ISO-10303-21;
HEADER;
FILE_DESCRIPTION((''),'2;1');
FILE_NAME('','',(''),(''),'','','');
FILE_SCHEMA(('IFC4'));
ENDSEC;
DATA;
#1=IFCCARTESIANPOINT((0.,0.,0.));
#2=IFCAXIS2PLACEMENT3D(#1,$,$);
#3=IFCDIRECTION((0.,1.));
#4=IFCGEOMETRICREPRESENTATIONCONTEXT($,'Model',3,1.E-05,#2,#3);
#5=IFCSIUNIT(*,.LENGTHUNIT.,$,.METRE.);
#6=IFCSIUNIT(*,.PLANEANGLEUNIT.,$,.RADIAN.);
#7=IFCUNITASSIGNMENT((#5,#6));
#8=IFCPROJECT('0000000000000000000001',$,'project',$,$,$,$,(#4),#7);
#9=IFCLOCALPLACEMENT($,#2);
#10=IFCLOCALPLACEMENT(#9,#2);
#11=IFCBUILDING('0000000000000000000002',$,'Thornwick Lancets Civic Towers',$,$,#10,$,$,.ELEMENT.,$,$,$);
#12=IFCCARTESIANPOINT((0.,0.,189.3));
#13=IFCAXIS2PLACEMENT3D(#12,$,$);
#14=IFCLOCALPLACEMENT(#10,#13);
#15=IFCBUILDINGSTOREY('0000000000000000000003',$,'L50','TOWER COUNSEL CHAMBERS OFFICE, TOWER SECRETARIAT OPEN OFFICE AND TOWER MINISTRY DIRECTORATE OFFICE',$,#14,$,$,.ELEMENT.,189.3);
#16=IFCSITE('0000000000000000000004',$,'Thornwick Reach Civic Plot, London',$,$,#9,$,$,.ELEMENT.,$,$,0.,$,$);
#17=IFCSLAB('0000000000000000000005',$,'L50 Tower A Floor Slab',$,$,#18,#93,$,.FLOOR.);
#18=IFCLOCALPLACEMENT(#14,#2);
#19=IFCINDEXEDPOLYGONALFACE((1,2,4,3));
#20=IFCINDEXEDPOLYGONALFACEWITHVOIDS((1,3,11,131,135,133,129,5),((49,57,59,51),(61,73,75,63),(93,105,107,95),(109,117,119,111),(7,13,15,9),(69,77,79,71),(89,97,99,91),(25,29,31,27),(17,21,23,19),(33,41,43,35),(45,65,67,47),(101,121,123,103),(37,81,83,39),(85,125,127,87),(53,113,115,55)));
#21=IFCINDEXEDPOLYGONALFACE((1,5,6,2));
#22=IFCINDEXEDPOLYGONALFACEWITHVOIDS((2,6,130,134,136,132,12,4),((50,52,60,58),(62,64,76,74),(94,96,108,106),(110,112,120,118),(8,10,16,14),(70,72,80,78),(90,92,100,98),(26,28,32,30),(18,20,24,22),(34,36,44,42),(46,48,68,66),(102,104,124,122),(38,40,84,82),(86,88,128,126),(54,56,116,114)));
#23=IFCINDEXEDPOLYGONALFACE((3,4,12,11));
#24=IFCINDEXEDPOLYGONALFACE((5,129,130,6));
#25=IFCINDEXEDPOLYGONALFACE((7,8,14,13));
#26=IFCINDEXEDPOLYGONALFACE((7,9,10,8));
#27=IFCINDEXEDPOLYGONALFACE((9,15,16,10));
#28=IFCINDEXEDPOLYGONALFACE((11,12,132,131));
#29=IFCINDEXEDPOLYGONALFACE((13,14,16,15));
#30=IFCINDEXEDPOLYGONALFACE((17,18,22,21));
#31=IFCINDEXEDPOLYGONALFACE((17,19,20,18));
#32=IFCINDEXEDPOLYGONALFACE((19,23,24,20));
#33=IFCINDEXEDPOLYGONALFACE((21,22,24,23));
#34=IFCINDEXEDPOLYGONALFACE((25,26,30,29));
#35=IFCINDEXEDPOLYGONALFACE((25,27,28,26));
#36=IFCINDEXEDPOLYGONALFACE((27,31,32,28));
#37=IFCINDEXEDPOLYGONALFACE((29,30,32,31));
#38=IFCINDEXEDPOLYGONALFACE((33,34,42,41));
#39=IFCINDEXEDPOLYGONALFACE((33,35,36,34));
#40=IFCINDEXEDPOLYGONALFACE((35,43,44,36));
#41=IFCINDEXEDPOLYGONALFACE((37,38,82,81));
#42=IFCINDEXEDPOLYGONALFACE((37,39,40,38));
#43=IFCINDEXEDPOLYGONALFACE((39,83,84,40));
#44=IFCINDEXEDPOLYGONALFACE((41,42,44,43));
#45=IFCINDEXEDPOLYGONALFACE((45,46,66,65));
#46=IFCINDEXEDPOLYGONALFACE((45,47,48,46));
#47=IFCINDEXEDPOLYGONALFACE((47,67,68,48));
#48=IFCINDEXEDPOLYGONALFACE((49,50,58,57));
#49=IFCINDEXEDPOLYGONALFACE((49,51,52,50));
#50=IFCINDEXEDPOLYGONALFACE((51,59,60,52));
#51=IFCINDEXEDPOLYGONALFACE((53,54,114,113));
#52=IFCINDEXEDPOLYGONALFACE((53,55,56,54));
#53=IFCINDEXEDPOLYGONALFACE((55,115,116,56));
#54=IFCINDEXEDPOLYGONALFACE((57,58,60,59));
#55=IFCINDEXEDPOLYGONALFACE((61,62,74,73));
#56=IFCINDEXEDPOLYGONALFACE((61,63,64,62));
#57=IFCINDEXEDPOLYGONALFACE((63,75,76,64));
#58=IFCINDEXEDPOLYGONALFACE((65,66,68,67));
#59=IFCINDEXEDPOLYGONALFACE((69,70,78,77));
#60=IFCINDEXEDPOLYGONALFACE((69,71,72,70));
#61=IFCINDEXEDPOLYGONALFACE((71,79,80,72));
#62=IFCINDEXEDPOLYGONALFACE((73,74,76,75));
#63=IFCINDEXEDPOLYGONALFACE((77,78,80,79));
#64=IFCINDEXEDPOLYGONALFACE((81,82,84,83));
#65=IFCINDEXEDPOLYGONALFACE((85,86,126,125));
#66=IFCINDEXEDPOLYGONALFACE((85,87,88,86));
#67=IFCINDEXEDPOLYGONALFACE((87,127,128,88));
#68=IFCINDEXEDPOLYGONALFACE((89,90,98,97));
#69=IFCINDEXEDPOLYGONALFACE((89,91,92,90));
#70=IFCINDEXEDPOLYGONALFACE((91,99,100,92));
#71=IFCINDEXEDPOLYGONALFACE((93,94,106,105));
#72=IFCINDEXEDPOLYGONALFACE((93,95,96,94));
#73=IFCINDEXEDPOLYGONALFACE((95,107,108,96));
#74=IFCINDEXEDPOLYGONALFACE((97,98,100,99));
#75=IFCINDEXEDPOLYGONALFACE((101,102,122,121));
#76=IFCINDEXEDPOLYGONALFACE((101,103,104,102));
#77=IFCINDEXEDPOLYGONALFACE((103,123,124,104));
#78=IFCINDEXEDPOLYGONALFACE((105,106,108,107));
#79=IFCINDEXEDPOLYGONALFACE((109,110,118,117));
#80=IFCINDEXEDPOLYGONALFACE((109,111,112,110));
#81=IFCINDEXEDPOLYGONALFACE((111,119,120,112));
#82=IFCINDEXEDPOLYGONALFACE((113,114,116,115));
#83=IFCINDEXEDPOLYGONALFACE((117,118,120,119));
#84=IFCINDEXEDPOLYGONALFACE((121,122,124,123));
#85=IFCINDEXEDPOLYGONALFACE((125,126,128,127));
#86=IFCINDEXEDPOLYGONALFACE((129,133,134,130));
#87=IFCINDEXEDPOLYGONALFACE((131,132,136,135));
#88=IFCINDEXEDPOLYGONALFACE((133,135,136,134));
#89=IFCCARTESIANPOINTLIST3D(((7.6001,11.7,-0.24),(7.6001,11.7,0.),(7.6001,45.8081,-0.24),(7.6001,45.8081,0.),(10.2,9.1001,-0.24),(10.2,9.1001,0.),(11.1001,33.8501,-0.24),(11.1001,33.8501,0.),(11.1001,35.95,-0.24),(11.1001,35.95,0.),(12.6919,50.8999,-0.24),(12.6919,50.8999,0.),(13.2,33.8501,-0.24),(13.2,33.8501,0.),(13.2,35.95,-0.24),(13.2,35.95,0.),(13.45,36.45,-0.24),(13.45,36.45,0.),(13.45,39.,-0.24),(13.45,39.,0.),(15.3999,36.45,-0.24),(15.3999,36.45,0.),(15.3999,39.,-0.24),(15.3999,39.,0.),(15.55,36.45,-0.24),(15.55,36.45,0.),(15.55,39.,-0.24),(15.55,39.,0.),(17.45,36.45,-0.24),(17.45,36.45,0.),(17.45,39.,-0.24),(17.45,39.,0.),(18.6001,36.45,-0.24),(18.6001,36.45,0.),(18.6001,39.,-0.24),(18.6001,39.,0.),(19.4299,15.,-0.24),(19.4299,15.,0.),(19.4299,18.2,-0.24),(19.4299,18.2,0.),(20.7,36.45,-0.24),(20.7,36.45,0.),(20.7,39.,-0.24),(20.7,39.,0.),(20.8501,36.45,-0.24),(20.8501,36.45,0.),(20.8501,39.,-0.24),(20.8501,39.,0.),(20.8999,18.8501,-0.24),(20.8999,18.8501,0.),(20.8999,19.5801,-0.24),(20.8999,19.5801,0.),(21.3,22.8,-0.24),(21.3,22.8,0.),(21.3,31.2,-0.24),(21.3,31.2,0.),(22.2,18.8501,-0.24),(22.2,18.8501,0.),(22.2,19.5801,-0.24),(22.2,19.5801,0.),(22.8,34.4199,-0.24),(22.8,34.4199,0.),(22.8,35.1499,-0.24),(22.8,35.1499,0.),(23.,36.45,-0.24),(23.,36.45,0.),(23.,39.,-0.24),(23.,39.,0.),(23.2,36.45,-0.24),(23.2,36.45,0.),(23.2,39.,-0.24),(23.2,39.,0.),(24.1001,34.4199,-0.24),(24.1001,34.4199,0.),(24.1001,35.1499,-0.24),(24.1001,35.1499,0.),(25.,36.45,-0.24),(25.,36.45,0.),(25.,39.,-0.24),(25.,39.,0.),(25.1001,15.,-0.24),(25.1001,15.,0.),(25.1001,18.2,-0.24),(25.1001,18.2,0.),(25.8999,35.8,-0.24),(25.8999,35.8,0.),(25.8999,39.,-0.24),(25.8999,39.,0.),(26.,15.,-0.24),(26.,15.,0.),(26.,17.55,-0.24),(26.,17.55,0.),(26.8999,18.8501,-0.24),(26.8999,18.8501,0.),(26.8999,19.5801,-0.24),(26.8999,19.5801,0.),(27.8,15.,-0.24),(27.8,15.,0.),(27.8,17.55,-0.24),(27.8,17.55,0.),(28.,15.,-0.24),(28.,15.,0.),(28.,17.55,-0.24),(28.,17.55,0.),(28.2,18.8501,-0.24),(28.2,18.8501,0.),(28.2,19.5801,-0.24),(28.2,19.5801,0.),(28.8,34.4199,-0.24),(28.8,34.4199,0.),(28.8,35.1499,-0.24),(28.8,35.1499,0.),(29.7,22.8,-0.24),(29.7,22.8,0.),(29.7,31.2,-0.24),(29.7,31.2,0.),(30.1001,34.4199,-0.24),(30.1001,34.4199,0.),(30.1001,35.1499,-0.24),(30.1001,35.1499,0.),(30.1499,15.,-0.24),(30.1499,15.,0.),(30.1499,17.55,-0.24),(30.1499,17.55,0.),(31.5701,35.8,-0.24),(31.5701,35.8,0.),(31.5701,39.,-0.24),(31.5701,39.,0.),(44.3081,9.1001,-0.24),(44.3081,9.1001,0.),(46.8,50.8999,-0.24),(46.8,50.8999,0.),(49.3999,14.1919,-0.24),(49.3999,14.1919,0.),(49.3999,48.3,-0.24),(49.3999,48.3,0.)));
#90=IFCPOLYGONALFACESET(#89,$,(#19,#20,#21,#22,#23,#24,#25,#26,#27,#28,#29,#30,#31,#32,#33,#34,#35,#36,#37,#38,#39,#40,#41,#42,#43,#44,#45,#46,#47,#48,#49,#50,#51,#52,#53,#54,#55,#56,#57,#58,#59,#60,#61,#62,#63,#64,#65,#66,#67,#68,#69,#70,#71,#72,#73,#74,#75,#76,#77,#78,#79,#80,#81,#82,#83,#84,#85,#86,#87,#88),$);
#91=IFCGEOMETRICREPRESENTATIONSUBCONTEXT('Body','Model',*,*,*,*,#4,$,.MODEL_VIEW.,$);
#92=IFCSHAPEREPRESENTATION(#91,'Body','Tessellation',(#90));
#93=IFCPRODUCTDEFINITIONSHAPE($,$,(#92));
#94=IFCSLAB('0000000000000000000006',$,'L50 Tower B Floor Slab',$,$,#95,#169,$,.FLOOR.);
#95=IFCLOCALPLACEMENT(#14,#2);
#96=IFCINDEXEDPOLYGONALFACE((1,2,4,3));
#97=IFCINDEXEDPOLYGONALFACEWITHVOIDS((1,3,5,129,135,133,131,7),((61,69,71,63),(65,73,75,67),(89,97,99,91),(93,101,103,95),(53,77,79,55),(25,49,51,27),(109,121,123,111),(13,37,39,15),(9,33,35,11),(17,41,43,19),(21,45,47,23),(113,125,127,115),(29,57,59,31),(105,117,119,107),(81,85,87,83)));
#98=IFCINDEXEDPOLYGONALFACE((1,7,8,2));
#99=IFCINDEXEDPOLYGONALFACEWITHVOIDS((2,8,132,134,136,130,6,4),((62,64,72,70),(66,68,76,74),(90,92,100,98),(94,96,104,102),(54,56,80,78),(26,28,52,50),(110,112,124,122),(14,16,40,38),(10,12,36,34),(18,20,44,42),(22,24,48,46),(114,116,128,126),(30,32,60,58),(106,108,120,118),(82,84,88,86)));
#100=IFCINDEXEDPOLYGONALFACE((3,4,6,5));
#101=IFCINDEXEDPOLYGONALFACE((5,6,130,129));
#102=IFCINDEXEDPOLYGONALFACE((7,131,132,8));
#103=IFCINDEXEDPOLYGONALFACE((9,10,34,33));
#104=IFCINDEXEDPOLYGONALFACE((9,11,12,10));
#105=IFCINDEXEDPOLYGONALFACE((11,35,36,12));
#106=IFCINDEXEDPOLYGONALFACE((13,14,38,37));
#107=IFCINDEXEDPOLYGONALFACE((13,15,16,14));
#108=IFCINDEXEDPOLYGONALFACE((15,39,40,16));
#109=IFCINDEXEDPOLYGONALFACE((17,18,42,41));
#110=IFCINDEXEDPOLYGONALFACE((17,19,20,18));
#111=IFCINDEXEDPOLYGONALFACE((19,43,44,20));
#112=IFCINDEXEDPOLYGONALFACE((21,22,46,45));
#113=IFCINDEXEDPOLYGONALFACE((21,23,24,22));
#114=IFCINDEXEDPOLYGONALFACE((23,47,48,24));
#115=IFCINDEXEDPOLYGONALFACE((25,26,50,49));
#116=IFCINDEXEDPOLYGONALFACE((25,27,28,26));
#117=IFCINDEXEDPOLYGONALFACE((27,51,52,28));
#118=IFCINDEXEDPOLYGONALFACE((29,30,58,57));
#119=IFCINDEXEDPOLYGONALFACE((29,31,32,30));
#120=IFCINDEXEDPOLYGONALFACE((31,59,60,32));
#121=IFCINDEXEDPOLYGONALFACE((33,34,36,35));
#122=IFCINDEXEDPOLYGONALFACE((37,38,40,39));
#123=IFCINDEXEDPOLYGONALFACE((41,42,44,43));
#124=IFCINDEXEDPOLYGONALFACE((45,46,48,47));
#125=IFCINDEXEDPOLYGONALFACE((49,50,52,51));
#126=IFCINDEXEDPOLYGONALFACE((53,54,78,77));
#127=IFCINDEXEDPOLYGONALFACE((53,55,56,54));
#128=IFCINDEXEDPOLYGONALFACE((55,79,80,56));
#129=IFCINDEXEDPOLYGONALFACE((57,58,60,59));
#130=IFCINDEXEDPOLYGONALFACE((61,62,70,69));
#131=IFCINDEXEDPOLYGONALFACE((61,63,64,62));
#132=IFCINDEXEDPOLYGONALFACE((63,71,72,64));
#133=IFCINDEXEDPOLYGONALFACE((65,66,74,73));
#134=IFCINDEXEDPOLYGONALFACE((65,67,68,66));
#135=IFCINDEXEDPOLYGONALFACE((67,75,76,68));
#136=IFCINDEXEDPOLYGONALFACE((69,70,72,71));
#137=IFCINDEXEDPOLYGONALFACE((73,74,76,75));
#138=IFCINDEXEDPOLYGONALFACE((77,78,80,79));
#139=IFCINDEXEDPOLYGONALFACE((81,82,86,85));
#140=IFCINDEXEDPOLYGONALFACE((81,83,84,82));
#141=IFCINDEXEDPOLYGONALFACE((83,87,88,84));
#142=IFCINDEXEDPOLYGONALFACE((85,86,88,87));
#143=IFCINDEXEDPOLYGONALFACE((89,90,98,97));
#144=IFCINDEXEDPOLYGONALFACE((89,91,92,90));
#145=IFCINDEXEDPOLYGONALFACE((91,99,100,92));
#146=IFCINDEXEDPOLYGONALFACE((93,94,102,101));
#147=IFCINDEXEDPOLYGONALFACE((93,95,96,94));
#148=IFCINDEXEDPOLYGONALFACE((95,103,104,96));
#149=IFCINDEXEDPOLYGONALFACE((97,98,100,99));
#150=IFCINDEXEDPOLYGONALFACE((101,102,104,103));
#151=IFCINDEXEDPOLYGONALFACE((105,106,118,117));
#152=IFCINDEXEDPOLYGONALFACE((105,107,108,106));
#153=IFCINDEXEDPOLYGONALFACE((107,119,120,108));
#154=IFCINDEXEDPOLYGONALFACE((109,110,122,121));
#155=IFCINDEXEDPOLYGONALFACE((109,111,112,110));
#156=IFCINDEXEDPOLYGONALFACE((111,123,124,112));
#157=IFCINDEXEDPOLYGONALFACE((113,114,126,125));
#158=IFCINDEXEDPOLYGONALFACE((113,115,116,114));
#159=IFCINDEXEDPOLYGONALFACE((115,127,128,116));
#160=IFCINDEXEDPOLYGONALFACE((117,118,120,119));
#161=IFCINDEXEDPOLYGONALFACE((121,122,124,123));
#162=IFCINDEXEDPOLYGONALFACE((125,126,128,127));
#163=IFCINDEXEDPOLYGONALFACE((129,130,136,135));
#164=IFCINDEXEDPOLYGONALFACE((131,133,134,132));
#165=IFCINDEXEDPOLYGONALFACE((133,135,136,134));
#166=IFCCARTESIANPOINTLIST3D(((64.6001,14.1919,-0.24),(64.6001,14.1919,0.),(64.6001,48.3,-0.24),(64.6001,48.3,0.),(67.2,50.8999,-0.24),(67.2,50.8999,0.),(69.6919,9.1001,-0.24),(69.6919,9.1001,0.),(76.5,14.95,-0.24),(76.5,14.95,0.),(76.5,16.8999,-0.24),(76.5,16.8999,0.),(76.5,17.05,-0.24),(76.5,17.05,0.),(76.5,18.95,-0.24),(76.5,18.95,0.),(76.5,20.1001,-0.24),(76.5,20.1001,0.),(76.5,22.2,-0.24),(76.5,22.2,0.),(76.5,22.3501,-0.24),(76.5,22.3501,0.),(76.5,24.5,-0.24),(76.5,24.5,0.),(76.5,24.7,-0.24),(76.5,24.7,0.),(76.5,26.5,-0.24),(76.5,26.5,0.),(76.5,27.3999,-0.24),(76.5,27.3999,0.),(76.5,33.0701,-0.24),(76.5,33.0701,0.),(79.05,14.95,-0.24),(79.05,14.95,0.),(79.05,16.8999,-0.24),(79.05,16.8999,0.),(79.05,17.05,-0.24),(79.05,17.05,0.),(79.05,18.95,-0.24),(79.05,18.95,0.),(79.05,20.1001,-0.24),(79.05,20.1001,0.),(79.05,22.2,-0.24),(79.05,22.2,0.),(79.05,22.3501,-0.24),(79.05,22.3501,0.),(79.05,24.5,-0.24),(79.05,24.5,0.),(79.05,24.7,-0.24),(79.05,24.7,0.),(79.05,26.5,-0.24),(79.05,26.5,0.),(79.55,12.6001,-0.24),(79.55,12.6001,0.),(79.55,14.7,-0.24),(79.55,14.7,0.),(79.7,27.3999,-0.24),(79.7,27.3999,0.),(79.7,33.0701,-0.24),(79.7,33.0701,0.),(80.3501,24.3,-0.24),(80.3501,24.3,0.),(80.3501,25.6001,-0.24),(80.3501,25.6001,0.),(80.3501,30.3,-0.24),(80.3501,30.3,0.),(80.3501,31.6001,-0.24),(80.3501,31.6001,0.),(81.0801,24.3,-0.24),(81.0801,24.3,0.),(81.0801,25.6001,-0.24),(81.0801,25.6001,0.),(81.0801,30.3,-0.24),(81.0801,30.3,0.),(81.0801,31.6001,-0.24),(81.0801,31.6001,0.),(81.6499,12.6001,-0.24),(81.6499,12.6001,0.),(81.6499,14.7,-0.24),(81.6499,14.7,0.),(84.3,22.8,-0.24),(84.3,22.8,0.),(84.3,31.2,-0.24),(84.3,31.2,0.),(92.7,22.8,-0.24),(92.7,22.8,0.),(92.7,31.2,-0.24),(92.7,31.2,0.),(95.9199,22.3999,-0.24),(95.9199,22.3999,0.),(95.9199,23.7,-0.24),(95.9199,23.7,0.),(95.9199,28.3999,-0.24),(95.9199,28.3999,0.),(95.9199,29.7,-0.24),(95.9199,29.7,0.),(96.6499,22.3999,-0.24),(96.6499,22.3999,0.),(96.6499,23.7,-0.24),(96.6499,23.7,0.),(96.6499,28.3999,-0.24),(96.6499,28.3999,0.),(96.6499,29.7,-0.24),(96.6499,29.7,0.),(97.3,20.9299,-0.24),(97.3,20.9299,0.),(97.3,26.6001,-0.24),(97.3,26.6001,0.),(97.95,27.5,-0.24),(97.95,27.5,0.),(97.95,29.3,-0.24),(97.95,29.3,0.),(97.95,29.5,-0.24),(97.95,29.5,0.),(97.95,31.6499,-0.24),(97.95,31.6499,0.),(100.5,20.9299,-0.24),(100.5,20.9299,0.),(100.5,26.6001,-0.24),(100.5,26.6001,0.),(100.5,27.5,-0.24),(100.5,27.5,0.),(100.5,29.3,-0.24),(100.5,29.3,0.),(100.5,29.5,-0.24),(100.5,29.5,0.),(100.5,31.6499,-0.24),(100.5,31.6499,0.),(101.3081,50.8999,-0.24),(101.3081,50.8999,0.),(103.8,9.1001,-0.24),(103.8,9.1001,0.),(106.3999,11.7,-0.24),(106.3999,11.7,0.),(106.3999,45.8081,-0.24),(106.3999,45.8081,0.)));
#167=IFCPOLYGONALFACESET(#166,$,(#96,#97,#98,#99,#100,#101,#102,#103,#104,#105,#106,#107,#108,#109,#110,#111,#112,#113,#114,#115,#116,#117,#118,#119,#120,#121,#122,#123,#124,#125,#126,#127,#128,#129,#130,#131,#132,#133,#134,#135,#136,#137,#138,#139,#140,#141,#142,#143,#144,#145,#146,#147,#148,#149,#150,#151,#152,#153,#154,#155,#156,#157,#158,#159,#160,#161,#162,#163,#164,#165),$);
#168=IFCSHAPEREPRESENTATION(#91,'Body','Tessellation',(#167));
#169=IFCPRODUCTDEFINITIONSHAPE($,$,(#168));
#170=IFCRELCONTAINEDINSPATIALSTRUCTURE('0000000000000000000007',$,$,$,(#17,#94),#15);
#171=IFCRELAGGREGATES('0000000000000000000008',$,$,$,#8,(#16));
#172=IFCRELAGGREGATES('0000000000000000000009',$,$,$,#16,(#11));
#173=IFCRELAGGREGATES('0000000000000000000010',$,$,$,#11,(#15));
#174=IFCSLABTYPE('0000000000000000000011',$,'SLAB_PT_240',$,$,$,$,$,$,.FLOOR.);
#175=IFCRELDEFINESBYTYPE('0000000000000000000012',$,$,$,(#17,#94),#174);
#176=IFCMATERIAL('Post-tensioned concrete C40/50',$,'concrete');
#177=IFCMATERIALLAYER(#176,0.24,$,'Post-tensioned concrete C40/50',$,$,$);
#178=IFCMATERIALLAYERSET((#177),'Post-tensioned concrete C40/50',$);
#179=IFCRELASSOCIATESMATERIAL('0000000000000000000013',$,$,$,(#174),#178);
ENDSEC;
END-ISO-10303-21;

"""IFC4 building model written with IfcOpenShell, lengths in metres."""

from ifc_helpers import new_model, si_unit, direction, frame, origin, place, context, subcontext, project, spatial, polyline, outline, extrude, material, layer, layer_set, type_object, element, save


model = new_model("IFC4")

# Units and contexts
model_context = context("Model", 3, precision=1e-05, world=origin(), true_north=direction((0.0, 1.0)))
body_context = subcontext(model_context, "Body", "Model", "MODEL_VIEW")
ifc_project = project(units=[si_unit("LENGTHUNIT", "METRE"), si_unit("PLANEANGLEUNIT", "RADIAN")], contexts=[model_context])

# Site, building, storey
site_placement = place(None, origin())
site = spatial("IfcSite", under=ifc_project, at=site_placement, Name="Thornwick Reach Civic Plot, London", CompositionType="ELEMENT", RefElevation=0.0)
building_placement = place(site_placement, origin())
building = spatial("IfcBuilding", under=site, at=building_placement, Name="Thornwick Lancets Civic Towers", CompositionType="ELEMENT")
storey_placement = place(building_placement, frame((0.0, 0.0, 189.3)))
storey = spatial("IfcBuildingStorey", under=building, at=storey_placement, Name="L50", Description="TOWER COUNSEL CHAMBERS OFFICE, TOWER SECRETARIAT OPEN OFFICE AND TOWER MINISTRY DIRECTORATE OFFICE", CompositionType="ELEMENT", Elevation=189.3)

# Shared definitions
ifc_material_1 = material(Name="Post-tensioned concrete C40/50", Category="concrete")

# Slabs
ifc_layer_1 = layer(ifc_material_1, 0.24, Name="Post-tensioned concrete C40/50")
ifc_layer_set_1 = layer_set([ifc_layer_1], Name="Post-tensioned concrete C40/50")
slab_type_1 = type_object("IfcSlabType", Name="SLAB_PT_240", PredefinedType="FLOOR", material=ifc_layer_set_1)
slab_1_placement = place(storey_placement, frame((0.0, 0.0, -0.24)))
element("IfcSlab", 1, at=slab_1_placement, inside=storey, type_object=slab_type_1, Name="L50 Tower A Floor Slab", PredefinedType="FLOOR", context=body_context, shape_type="SweptSolid", body=[
    extrude(outline(polyline([(10.2, 9.1001), (44.3081, 9.1001), (49.3999, 14.1919), (49.3999, 48.3), (46.8, 50.8999), (12.6919, 50.8999), (7.6001, 45.8081), (7.6001, 11.7), (10.2, 9.1001)]), holes=[polyline([(21.3, 22.8), (29.7, 22.8), (29.7, 31.2), (21.3, 31.2), (21.3, 22.8)]), polyline([(19.4299, 15.0), (25.1001, 15.0), (25.1001, 18.2), (19.4299, 18.2), (19.4299, 15.0)]), polyline([(31.5701, 39.0), (25.8999, 39.0), (25.8999, 35.8), (31.5701, 35.8), (31.5701, 39.0)]), polyline([(26.0, 15.0), (27.8, 15.0), (27.8, 17.55), (26.0, 17.55), (26.0, 15.0)]), polyline([(28.0, 15.0), (30.1499, 15.0), (30.1499, 17.55), (28.0, 17.55), (28.0, 15.0)]), polyline([(23.2, 36.45), (25.0, 36.45), (25.0, 39.0), (23.2, 39.0), (23.2, 36.45)]), polyline([(20.8501, 36.45), (23.0, 36.45), (23.0, 39.0), (20.8501, 39.0), (20.8501, 36.45)]), polyline([(18.6001, 36.45), (20.7, 36.45), (20.7, 39.0), (18.6001, 39.0), (18.6001, 36.45)]), polyline([(15.55, 36.45), (17.45, 36.45), (17.45, 39.0), (15.55, 39.0), (15.55, 36.45)]), polyline([(13.45, 36.45), (15.3999, 36.45), (15.3999, 39.0), (13.45, 39.0), (13.45, 36.45)]), polyline([(11.1001, 33.8501), (13.2, 33.8501), (13.2, 35.95), (11.1001, 35.95), (11.1001, 33.8501)]), polyline([(26.8999, 18.8501), (28.2, 18.8501), (28.2, 19.5801), (26.8999, 19.5801), (26.8999, 18.8501)]), polyline([(20.8999, 18.8501), (22.2, 18.8501), (22.2, 19.5801), (20.8999, 19.5801), (20.8999, 18.8501)]), polyline([(22.8, 34.4199), (24.1001, 34.4199), (24.1001, 35.1499), (22.8, 35.1499), (22.8, 34.4199)]), polyline([(28.8, 34.4199), (30.1001, 34.4199), (30.1001, 35.1499), (28.8, 35.1499), (28.8, 34.4199)])]), origin(), (0.0, 0.0, 1.0), 0.24),
])
slab_2_placement = place(storey_placement, frame((0.0, 0.0, -0.24)))
element("IfcSlab", 2, at=slab_2_placement, inside=storey, type_object=slab_type_1, Name="L50 Tower B Floor Slab", PredefinedType="FLOOR", context=body_context, shape_type="SweptSolid", body=[
    extrude(outline(polyline([(69.6919, 9.1001), (103.8, 9.1001), (106.3999, 11.7), (106.3999, 45.8081), (101.3081, 50.8999), (67.2, 50.8999), (64.6001, 48.3), (64.6001, 14.1919), (69.6919, 9.1001)]), holes=[polyline([(84.3, 22.8), (92.7, 22.8), (92.7, 31.2), (84.3, 31.2), (84.3, 22.8)]), polyline([(100.5, 20.9299), (100.5, 26.6001), (97.3, 26.6001), (97.3, 20.9299), (100.5, 20.9299)]), polyline([(76.5, 33.0701), (76.5, 27.3999), (79.7, 27.3999), (79.7, 33.0701), (76.5, 33.0701)]), polyline([(97.95, 27.5), (100.5, 27.5), (100.5, 29.3), (97.95, 29.3), (97.95, 27.5)]), polyline([(97.95, 29.5), (100.5, 29.5), (100.5, 31.6499), (97.95, 31.6499), (97.95, 29.5)]), polyline([(76.5, 24.7), (79.05, 24.7), (79.05, 26.5), (76.5, 26.5), (76.5, 24.7)]), polyline([(76.5, 22.3501), (79.05, 22.3501), (79.05, 24.5), (76.5, 24.5), (76.5, 22.3501)]), polyline([(76.5, 20.1001), (79.05, 20.1001), (79.05, 22.2), (76.5, 22.2), (76.5, 20.1001)]), polyline([(76.5, 17.05), (79.05, 17.05), (79.05, 18.95), (76.5, 18.95), (76.5, 17.05)]), polyline([(76.5, 14.95), (79.05, 14.95), (79.05, 16.8999), (76.5, 16.8999), (76.5, 14.95)]), polyline([(79.55, 12.6001), (81.6499, 12.6001), (81.6499, 14.7), (79.55, 14.7), (79.55, 12.6001)]), polyline([(95.9199, 28.3999), (96.6499, 28.3999), (96.6499, 29.7), (95.9199, 29.7), (95.9199, 28.3999)]), polyline([(95.9199, 22.3999), (96.6499, 22.3999), (96.6499, 23.7), (95.9199, 23.7), (95.9199, 22.3999)]), polyline([(80.3501, 24.3), (81.0801, 24.3), (81.0801, 25.6001), (80.3501, 25.6001), (80.3501, 24.3)]), polyline([(80.3501, 30.3), (81.0801, 30.3), (81.0801, 31.6001), (80.3501, 31.6001), (80.3501, 30.3)])]), origin(), (0.0, 0.0, 1.0), 0.24),
])

save(model, "model.ifc")
